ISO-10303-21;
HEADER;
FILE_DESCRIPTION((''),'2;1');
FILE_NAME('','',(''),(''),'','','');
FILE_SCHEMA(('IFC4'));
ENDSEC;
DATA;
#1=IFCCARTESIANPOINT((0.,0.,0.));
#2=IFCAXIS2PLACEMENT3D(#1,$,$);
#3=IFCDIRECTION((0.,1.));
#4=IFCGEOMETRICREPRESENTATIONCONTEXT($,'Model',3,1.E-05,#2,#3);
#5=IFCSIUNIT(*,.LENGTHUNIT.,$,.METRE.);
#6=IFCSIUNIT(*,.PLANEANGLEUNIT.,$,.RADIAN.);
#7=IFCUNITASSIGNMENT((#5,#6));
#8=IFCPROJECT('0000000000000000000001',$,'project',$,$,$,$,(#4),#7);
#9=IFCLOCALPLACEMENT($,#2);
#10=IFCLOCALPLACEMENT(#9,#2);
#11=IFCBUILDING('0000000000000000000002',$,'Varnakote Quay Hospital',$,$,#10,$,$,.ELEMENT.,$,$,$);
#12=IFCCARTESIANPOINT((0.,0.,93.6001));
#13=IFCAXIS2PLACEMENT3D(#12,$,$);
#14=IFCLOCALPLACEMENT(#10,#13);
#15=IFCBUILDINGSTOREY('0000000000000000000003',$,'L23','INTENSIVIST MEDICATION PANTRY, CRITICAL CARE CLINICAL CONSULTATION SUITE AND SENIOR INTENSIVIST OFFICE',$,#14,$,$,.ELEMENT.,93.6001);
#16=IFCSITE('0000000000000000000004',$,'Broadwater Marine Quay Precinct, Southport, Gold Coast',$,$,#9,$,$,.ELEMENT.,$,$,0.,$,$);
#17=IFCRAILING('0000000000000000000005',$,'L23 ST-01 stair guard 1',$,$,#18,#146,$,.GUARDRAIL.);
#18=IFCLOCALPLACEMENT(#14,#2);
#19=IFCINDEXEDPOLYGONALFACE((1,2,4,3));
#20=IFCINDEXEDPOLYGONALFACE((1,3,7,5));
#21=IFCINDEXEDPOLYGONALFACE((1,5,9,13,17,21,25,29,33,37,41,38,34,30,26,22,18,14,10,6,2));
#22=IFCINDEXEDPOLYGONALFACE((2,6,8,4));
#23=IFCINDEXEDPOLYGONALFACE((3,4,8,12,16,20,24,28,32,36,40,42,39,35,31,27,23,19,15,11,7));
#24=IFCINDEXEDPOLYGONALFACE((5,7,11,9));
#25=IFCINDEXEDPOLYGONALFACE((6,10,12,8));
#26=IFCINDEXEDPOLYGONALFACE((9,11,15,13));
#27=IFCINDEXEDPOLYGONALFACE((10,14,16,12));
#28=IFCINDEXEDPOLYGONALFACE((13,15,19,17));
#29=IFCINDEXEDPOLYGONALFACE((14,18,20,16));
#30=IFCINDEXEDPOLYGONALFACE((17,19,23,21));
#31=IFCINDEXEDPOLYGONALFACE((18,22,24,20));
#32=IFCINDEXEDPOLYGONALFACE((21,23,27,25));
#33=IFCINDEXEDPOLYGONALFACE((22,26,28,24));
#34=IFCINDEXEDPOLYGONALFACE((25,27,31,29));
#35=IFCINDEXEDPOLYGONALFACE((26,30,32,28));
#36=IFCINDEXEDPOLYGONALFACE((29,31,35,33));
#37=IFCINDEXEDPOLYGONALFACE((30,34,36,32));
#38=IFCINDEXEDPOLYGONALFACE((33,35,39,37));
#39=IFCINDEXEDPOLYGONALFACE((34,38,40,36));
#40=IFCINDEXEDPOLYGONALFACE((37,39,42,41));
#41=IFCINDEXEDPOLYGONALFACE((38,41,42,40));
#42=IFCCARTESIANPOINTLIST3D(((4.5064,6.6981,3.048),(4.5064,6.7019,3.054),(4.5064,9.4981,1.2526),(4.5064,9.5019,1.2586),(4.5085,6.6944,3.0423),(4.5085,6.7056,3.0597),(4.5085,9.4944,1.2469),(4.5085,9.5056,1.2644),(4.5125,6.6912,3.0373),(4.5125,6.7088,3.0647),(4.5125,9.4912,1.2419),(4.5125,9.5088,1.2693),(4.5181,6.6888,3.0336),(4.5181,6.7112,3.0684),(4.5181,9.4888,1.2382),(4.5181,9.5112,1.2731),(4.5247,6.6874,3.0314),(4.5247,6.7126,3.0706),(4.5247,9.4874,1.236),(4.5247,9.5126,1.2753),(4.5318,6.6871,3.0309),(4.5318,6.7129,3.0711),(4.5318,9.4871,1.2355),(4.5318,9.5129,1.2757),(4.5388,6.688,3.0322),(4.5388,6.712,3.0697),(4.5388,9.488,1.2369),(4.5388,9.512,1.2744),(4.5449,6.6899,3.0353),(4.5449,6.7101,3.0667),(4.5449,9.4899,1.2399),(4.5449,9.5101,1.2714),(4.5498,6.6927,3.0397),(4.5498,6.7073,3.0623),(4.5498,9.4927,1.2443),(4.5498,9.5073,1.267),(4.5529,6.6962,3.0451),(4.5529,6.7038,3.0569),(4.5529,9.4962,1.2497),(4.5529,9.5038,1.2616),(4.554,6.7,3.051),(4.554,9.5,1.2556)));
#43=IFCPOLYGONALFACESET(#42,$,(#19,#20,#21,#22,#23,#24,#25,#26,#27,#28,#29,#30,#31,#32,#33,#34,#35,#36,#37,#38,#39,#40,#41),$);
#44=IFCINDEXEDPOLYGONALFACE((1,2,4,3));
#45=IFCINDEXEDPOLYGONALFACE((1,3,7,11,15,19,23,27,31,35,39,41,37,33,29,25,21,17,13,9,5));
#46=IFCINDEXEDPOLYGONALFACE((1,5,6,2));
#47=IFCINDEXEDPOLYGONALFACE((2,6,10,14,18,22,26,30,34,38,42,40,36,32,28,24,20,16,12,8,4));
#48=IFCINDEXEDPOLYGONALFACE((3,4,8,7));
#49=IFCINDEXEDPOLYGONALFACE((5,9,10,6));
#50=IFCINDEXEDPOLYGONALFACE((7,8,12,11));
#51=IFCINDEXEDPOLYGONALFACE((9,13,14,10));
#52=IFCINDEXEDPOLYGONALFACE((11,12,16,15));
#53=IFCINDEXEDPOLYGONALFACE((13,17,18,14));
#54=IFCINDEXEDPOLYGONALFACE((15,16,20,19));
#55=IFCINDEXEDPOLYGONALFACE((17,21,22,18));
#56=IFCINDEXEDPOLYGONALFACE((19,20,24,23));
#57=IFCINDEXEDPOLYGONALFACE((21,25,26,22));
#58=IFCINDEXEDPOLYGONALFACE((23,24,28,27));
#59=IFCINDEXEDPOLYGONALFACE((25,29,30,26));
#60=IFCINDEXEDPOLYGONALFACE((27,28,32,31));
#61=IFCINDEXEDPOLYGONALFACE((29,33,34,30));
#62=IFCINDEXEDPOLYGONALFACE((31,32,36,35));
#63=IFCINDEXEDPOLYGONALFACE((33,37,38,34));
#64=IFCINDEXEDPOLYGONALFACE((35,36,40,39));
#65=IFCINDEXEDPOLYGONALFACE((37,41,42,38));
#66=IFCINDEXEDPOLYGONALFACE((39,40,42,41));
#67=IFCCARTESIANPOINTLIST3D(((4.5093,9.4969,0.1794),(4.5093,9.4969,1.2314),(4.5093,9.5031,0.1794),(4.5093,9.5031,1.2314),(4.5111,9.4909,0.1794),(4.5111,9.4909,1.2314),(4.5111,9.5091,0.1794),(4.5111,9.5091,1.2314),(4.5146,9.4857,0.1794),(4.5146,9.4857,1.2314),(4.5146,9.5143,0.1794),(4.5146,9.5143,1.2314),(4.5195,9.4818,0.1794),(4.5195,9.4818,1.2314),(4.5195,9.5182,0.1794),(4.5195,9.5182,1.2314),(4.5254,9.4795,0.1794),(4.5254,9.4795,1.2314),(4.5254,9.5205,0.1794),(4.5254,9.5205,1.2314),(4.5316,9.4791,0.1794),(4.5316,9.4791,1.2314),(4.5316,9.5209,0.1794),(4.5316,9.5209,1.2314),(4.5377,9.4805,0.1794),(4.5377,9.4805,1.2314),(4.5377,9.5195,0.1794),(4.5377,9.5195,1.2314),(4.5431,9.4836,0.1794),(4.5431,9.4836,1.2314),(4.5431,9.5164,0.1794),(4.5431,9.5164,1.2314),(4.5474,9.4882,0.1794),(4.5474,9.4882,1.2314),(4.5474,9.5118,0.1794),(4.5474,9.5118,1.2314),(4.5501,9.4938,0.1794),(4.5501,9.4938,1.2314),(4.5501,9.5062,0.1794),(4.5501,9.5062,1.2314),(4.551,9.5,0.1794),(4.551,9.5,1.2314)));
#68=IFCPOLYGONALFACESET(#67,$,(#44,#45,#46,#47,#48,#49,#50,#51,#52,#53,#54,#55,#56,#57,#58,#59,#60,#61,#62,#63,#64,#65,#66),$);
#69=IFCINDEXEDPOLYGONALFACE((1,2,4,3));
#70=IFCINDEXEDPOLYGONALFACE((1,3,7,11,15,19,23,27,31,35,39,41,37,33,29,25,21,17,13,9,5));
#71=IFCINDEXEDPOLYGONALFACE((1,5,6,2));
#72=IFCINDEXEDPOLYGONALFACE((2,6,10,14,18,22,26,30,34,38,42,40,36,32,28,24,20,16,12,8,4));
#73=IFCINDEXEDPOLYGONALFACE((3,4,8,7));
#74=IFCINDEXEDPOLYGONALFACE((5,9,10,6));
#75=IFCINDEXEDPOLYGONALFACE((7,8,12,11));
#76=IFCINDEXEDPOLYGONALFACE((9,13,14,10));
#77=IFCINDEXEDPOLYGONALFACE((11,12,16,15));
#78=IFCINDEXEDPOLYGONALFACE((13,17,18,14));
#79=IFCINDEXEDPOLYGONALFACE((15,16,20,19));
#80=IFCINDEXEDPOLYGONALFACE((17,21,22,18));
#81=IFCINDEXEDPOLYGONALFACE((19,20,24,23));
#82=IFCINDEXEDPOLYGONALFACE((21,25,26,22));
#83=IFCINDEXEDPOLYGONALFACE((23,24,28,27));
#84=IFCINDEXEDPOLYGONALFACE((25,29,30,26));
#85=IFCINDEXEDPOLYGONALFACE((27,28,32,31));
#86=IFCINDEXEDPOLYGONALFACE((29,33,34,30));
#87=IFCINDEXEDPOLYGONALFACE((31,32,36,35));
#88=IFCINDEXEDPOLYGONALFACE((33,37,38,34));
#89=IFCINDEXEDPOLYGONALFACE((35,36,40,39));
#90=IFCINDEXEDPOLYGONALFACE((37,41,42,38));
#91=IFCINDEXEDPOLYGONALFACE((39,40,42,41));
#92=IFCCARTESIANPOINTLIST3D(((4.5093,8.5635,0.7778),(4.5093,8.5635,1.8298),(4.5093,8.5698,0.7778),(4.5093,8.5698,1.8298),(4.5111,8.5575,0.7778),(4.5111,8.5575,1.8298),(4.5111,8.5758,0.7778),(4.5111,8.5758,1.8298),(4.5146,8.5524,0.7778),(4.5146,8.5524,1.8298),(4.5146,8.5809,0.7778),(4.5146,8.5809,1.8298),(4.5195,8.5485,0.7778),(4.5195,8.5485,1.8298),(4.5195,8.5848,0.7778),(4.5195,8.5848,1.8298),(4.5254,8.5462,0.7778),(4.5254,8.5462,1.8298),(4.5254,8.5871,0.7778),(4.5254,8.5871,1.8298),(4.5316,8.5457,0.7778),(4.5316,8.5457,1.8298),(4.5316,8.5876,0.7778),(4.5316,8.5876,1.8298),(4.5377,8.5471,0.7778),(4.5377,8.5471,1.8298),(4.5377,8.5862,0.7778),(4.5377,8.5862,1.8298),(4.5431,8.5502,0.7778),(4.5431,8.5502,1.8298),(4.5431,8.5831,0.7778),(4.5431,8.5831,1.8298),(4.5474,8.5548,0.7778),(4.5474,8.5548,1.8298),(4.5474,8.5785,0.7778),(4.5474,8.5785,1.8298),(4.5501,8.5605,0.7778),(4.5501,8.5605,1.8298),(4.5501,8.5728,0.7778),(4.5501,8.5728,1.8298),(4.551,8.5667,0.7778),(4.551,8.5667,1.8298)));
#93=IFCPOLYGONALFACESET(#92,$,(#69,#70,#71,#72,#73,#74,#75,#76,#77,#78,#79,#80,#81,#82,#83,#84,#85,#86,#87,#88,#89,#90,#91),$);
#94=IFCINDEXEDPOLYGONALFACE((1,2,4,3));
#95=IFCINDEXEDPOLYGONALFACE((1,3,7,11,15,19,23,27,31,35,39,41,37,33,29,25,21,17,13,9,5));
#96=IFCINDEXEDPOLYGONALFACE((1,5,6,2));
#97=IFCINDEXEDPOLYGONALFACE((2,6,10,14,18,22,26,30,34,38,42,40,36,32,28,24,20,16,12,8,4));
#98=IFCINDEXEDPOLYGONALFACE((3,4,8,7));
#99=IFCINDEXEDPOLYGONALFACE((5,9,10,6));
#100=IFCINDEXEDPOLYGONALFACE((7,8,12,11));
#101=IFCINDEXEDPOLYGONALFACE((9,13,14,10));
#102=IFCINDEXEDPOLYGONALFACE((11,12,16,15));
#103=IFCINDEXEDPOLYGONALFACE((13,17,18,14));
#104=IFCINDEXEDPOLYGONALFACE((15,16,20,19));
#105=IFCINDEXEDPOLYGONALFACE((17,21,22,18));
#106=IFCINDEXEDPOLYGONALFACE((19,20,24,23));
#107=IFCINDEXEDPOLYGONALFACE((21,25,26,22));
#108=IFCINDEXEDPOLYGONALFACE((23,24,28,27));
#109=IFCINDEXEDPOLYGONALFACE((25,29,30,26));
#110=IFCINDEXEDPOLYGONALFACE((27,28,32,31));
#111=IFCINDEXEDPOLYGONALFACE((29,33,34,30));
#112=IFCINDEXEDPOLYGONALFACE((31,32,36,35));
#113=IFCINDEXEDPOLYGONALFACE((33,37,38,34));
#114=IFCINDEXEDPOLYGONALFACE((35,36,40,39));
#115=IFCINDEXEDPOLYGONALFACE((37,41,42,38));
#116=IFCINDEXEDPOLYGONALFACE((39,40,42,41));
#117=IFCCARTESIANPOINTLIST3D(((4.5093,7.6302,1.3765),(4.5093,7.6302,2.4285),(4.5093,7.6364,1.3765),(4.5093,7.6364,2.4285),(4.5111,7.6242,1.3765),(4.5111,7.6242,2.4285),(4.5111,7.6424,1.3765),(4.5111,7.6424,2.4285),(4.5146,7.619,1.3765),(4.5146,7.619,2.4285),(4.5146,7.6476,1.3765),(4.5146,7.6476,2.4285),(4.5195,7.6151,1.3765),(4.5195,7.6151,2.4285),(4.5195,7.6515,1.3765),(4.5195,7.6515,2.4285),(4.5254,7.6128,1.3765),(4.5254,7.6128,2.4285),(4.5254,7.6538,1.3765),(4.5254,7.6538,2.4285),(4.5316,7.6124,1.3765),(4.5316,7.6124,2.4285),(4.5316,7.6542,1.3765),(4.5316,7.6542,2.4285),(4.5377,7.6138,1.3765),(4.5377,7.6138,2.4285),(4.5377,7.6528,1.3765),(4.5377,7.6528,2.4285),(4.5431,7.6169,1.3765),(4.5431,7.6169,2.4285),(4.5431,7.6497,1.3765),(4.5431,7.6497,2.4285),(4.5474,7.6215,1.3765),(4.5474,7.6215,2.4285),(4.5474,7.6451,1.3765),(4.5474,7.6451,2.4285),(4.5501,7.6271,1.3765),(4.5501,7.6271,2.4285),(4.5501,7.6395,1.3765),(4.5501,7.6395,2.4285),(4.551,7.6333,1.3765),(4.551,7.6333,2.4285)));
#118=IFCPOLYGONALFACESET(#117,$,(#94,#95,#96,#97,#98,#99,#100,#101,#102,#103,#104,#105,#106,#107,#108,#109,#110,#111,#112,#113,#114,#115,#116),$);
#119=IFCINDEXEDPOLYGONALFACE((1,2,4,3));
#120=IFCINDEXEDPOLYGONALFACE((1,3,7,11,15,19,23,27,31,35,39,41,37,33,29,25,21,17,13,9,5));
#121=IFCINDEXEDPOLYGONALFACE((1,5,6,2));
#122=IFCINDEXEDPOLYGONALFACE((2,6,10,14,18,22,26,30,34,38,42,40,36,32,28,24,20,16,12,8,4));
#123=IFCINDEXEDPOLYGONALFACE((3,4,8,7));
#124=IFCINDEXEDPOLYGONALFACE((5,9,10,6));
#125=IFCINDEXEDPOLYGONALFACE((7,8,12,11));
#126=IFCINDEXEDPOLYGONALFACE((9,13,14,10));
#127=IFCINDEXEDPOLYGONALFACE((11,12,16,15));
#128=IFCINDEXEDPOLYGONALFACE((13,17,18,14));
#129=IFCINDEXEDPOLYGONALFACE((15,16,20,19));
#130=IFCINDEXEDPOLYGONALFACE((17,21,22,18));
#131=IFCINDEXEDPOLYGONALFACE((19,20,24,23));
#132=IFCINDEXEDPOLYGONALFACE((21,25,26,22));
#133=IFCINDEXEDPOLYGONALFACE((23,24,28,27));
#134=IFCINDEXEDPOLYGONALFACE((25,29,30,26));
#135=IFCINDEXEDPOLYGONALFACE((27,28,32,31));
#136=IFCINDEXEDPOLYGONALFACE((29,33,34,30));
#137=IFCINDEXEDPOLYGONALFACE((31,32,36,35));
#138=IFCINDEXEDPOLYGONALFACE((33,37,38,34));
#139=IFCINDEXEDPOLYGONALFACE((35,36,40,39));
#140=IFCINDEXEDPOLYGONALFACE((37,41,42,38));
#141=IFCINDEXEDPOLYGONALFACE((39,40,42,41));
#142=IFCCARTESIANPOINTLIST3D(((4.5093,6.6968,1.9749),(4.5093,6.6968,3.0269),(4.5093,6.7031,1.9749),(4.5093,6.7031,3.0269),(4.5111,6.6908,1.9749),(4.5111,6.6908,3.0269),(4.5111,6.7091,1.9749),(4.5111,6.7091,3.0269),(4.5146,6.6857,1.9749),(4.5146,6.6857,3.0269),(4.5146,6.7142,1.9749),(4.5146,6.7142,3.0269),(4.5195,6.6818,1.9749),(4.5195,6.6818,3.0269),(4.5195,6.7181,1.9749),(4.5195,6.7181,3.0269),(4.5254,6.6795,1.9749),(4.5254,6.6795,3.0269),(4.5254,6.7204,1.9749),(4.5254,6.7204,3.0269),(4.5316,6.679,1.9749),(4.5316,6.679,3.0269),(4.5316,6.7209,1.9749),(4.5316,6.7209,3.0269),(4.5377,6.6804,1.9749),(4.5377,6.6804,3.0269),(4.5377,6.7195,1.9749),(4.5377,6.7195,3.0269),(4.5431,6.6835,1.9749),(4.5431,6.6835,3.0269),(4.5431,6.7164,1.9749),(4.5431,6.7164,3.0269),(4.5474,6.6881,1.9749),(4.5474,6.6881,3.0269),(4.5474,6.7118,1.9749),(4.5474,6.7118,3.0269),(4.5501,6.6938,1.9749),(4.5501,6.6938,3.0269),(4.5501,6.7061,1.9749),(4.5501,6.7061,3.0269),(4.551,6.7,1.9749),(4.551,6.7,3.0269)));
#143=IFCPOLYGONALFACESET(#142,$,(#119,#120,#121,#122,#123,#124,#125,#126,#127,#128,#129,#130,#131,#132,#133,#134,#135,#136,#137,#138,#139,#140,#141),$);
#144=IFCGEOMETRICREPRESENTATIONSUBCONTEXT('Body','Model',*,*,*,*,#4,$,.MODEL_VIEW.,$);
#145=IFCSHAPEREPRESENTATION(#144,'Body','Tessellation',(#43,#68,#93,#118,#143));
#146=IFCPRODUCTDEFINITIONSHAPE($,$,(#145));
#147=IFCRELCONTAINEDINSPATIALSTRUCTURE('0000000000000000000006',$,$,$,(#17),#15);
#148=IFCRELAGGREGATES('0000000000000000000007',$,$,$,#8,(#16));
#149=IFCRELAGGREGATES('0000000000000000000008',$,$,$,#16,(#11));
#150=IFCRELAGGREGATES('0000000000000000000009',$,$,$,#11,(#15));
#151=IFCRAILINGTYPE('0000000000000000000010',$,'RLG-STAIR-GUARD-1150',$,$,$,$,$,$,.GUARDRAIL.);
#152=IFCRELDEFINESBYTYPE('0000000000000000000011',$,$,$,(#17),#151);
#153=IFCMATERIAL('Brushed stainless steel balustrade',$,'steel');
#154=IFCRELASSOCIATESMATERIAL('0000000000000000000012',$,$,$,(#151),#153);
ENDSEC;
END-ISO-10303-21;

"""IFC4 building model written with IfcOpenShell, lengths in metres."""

from ifc_helpers import new_model, si_unit, direction, frame, origin, origin_2d, place, context, subcontext, project, spatial, circle, extrude, material, type_object, element, save


model = new_model("IFC4")

# Units and contexts
model_context = context("Model", 3, precision=1e-05, world=origin(), true_north=direction((0.0, 1.0)))
body_context = subcontext(model_context, "Body", "Model", "MODEL_VIEW")
ifc_project = project(units=[si_unit("LENGTHUNIT", "METRE"), si_unit("PLANEANGLEUNIT", "RADIAN")], contexts=[model_context])

# Site, building, storey
site_placement = place(None, origin())
site = spatial("IfcSite", under=ifc_project, at=site_placement, Name="Broadwater Marine Quay Precinct, Southport, Gold Coast", CompositionType="ELEMENT", RefElevation=0.0)
building_placement = place(site_placement, origin())
building = spatial("IfcBuilding", under=site, at=building_placement, Name="Varnakote Quay Hospital", CompositionType="ELEMENT")
storey_placement = place(building_placement, frame((0.0, 0.0, 93.6001)))
storey = spatial("IfcBuildingStorey", under=building, at=storey_placement, Name="L23", Description="INTENSIVIST MEDICATION PANTRY, CRITICAL CARE CLINICAL CONSULTATION SUITE AND SENIOR INTENSIVIST OFFICE", CompositionType="ELEMENT", Elevation=93.6001)

# Railing
ifc_material_1 = material(Name="Brushed stainless steel balustrade", Category="steel")
railing_type_1 = type_object("IfcRailingType", Name="RLG-STAIR-GUARD-1150", PredefinedType="GUARDRAIL", material=ifc_material_1)
railing_1_placement = place(storey_placement, frame((4.53, 9.5, 0.1794)))
element("IfcRailing", 1, at=railing_1_placement, inside=storey, type_object=railing_type_1, Name="L23 ST-01 stair guard 1", PredefinedType="GUARDRAIL", context=body_context, shape_type="SweptSolid", body=[
    extrude(circle(Radius=0.0239, at=origin_2d()), frame((0.0, 0.0, 1.0762), z_axis=(0.0, -0.84181, 0.539774), x_axis=(1.0, 0.0, 0.0)), (0.0, 0.0, 1.0), 3.3262),
    extrude(circle(Radius=0.021, at=origin_2d()), origin(), (0.0, 0.0, 1.0), 1.052),
    extrude(circle(Radius=0.021, at=origin_2d()), frame((0.0, -0.9333, 0.5984)), (0.0, 0.0, 1.0), 1.052),
    extrude(circle(Radius=0.021, at=origin_2d()), frame((0.0, -1.8667, 1.197)), (0.0, 0.0, 1.0), 1.052),
    extrude(circle(Radius=0.021, at=origin_2d()), frame((0.0, -2.8, 1.7954)), (0.0, 0.0, 1.0), 1.052),
])

save(model, "model.ifc")
